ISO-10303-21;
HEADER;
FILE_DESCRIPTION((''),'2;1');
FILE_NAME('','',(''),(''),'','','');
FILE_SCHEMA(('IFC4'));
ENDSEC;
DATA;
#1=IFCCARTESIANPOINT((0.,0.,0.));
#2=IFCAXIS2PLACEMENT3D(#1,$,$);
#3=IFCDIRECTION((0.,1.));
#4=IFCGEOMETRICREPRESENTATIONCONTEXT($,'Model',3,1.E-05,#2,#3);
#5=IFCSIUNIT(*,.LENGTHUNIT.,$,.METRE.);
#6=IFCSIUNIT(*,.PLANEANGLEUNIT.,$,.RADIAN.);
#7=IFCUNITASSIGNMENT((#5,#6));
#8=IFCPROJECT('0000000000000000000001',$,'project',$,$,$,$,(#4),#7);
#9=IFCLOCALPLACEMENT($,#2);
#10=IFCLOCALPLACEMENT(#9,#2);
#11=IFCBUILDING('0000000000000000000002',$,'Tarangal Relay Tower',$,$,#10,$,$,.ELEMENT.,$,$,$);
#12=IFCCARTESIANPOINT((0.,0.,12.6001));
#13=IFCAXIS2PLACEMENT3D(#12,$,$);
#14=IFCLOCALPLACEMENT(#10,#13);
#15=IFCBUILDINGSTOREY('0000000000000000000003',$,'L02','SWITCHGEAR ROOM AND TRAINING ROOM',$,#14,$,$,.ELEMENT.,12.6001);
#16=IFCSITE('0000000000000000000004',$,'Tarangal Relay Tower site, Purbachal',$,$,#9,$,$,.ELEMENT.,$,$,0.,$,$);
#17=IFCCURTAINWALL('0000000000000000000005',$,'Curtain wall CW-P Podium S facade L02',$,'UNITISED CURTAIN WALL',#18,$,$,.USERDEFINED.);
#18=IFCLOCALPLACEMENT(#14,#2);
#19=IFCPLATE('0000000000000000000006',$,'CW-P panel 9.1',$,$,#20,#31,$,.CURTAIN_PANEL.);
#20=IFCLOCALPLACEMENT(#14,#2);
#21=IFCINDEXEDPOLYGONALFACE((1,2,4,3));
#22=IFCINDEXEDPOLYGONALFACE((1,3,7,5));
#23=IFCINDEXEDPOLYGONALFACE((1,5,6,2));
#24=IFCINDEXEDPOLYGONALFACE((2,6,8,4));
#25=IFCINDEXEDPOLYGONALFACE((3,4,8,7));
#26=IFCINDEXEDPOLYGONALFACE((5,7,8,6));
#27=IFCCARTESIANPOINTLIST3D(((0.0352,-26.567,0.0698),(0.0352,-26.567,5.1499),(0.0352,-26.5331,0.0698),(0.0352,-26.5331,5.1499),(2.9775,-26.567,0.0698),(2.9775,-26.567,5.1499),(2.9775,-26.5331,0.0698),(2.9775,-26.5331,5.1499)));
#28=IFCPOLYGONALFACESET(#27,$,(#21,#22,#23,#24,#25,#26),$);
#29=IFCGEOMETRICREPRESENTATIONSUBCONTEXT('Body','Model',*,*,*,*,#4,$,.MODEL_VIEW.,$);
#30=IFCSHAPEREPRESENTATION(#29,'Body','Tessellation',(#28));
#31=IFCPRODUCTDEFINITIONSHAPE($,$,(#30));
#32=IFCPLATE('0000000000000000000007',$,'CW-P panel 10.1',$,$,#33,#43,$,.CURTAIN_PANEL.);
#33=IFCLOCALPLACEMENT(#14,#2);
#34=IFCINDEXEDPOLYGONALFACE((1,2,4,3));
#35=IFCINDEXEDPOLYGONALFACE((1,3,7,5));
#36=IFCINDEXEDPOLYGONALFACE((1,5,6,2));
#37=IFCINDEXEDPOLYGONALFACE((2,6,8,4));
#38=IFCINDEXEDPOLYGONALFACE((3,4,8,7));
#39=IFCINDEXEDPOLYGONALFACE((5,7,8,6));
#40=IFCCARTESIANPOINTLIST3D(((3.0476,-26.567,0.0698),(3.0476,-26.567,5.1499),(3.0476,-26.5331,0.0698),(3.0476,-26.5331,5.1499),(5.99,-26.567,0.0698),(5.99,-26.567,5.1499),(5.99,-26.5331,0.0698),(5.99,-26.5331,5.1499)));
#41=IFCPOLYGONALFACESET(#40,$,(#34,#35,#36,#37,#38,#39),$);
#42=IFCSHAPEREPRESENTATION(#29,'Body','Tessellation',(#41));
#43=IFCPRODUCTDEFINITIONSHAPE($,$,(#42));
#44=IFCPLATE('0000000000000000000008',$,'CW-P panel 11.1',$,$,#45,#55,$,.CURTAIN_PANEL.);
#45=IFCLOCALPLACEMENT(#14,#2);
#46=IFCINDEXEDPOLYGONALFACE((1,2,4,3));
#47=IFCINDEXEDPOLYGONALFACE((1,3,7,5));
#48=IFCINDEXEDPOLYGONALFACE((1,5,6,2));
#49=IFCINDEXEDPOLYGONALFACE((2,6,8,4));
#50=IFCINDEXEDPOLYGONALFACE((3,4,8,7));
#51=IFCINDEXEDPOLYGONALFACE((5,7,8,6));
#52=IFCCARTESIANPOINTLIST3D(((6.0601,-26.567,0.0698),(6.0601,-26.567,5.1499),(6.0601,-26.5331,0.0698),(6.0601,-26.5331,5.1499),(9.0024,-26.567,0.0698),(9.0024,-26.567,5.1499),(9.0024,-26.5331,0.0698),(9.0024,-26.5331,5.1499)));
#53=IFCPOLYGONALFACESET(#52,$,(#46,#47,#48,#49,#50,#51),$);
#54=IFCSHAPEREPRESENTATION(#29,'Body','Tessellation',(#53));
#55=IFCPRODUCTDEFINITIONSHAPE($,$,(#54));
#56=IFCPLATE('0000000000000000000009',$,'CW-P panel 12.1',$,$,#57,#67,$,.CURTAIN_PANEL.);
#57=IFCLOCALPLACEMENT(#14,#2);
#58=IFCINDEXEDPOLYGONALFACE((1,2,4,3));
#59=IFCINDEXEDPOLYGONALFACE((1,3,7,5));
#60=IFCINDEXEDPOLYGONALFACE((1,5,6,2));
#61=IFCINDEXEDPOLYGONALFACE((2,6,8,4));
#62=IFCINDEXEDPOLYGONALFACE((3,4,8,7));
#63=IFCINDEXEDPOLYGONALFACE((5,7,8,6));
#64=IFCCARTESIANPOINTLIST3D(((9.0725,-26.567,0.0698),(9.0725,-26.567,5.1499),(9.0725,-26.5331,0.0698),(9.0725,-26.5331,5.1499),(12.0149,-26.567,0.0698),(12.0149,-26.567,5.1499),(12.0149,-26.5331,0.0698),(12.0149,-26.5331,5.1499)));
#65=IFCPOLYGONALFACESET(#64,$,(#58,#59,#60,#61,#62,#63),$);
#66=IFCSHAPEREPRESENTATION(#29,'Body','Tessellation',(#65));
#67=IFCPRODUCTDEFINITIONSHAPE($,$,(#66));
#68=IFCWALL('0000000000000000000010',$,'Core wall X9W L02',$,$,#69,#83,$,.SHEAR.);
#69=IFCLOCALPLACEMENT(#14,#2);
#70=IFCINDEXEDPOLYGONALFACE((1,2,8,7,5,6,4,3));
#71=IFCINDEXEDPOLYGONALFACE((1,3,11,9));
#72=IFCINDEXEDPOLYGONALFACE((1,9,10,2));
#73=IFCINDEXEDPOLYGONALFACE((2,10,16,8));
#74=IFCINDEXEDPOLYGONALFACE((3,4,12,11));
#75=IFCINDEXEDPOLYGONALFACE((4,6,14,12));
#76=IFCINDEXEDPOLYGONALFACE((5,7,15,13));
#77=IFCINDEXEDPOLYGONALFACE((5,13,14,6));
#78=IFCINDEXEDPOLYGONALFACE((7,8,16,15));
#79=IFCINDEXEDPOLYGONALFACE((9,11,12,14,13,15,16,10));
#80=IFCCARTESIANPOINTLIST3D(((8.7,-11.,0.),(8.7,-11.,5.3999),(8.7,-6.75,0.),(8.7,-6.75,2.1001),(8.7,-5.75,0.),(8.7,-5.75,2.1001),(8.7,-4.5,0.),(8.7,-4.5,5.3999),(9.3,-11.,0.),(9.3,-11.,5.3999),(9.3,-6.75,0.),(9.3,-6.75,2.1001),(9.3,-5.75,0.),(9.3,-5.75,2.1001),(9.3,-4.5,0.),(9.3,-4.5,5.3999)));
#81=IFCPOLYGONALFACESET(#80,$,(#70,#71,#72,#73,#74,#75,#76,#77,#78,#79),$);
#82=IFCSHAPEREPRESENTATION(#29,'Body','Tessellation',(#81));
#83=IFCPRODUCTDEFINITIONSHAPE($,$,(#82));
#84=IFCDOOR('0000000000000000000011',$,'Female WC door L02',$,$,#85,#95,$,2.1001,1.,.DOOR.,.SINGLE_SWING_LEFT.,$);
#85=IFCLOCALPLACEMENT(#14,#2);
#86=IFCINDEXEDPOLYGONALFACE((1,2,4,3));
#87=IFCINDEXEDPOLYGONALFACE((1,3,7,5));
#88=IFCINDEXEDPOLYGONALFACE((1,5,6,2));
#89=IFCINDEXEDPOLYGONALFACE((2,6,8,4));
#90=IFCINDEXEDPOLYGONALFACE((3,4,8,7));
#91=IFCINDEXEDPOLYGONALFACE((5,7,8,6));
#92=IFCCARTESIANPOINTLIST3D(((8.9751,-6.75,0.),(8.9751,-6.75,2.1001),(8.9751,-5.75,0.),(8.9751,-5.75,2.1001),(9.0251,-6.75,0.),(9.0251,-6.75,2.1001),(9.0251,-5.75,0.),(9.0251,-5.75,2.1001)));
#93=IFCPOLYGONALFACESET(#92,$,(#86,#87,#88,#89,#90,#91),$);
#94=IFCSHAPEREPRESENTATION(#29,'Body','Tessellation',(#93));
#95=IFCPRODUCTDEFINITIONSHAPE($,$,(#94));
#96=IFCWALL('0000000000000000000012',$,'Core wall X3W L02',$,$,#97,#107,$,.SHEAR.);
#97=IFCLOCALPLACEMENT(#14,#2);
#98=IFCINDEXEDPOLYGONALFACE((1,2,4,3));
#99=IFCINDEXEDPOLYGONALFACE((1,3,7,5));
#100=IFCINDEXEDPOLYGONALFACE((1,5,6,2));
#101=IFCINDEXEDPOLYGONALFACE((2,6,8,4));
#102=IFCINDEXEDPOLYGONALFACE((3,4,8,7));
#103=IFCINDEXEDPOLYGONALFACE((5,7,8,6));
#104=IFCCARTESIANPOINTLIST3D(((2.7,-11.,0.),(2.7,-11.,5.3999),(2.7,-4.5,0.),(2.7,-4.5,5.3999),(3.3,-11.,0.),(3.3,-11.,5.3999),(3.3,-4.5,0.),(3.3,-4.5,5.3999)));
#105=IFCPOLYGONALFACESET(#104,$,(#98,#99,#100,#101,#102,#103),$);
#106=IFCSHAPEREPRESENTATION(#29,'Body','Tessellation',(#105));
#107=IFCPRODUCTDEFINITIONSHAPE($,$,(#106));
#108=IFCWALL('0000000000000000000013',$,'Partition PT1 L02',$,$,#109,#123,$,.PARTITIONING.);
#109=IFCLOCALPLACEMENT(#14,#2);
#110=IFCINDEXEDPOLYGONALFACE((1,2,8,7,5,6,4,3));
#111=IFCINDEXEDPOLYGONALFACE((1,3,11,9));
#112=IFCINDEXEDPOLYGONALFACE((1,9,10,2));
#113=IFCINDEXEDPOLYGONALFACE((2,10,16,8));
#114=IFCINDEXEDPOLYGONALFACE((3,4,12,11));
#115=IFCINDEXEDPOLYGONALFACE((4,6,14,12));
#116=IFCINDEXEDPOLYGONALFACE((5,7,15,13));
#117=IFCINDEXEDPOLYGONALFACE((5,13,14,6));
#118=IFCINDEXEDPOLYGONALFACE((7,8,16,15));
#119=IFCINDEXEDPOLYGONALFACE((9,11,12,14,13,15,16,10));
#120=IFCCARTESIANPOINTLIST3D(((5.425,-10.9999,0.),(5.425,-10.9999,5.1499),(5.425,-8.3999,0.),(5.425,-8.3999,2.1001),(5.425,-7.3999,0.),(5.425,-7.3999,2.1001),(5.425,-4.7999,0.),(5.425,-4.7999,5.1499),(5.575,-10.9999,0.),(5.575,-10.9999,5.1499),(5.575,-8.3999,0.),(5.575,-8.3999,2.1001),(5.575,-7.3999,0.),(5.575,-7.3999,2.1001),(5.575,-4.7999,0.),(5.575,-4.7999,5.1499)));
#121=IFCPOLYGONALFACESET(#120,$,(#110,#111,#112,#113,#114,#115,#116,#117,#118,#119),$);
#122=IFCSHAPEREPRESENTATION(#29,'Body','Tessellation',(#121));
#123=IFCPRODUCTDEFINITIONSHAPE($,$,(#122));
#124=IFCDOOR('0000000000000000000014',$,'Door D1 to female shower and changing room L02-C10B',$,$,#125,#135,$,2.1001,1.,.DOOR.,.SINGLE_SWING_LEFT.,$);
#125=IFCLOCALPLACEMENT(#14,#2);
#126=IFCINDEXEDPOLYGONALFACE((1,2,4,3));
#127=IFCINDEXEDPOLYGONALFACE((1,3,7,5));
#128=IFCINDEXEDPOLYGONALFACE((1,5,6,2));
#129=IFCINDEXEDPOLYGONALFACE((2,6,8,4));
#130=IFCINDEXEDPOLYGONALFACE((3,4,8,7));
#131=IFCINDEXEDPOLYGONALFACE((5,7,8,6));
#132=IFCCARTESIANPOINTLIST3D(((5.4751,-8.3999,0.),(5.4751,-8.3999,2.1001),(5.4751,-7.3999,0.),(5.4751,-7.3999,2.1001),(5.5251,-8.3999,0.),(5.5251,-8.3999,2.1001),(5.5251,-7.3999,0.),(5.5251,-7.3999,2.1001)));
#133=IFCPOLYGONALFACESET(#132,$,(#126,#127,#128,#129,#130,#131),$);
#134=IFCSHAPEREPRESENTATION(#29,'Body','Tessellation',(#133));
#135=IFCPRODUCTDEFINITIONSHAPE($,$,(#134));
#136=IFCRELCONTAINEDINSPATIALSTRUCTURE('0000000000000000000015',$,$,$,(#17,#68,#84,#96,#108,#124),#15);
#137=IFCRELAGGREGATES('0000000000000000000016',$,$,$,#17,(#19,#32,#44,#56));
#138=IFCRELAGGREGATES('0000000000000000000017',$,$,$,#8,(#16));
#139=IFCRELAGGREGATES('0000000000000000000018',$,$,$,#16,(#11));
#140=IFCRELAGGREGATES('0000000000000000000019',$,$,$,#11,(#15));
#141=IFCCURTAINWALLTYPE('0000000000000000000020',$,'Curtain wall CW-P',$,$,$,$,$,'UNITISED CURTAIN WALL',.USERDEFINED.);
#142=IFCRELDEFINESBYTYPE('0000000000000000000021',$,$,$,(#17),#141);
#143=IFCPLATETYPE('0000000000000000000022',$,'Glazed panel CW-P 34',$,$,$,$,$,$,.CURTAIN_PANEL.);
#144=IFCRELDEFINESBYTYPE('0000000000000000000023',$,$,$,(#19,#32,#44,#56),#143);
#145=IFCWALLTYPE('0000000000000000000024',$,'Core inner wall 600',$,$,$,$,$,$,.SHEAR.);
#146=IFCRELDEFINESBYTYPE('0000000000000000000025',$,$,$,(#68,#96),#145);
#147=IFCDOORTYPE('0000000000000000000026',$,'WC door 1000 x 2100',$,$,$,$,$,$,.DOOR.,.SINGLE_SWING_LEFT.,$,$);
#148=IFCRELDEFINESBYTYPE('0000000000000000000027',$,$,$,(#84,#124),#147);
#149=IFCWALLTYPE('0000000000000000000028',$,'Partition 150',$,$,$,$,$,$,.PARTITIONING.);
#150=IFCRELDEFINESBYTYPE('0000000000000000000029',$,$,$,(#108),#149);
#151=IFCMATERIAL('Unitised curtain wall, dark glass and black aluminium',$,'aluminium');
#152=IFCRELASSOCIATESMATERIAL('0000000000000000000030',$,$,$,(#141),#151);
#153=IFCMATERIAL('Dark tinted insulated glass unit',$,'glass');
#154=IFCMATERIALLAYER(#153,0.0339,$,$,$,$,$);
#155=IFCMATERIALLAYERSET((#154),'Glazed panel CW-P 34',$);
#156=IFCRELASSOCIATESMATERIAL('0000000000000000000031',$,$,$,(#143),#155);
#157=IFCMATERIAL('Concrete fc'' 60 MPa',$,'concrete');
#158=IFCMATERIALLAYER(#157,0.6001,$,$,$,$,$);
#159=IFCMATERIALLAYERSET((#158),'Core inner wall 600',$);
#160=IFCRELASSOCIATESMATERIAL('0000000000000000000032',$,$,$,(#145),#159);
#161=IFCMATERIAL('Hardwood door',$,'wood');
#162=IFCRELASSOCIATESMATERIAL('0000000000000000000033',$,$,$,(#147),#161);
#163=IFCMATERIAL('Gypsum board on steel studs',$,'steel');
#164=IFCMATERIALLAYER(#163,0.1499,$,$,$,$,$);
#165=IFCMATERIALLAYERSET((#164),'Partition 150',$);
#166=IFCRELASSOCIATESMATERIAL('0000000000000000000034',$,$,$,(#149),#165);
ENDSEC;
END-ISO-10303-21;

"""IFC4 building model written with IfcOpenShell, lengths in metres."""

from ifc_helpers import new_model, si_unit, direction, frame, frame_2d, origin, origin_2d, place, context, subcontext, project, spatial, rectangle, extrude, material, layer, layer_set, type_object, element, fill, aggregate, save


model = new_model("IFC4")

# Units and contexts
model_context = context("Model", 3, precision=1e-05, world=origin(), true_north=direction((0.0, 1.0)))
body_context = subcontext(model_context, "Body", "Model", "MODEL_VIEW")
ifc_project = project(units=[si_unit("LENGTHUNIT", "METRE"), si_unit("PLANEANGLEUNIT", "RADIAN")], contexts=[model_context])

# Site, building, storey
site_placement = place(None, origin())
site = spatial("IfcSite", under=ifc_project, at=site_placement, Name="Tarangal Relay Tower site, Purbachal", CompositionType="ELEMENT", RefElevation=0.0)
building_placement = place(site_placement, origin())
building = spatial("IfcBuilding", under=site, at=building_placement, Name="Tarangal Relay Tower", CompositionType="ELEMENT")
storey_placement = place(building_placement, frame((0.0, 0.0, 12.6001)))
storey = spatial("IfcBuildingStorey", under=building, at=storey_placement, Name="L02", Description="SWITCHGEAR ROOM AND TRAINING ROOM", CompositionType="ELEMENT", Elevation=12.6001)

# Curtain wall, plates
ifc_material_1 = material(Name="Unitised curtain wall, dark glass and black aluminium", Category="aluminium")
curtain_wall_type = type_object("IfcCurtainWallType", Name="Curtain wall CW-P", ElementType="UNITISED CURTAIN WALL", PredefinedType="USERDEFINED", material=ifc_material_1)
curtain_wall_placement = place(storey_placement, origin())
curtain_wall = element("IfcCurtainWall", 1, at=curtain_wall_placement, inside=storey, type_object=curtain_wall_type, Name="Curtain wall CW-P Podium S facade L02", ObjectType="UNITISED CURTAIN WALL", PredefinedType="USERDEFINED")
ifc_material_2 = material(Name="Dark tinted insulated glass unit", Category="glass")
ifc_layer_1 = layer(ifc_material_2, 0.0339)
ifc_layer_set_1 = layer_set([ifc_layer_1], Name="Glazed panel CW-P 34")
plate_type = type_object("IfcPlateType", Name="Glazed panel CW-P 34", PredefinedType="CURTAIN_PANEL", material=ifc_layer_set_1)
plate_1_placement = place(storey_placement, frame((1.5063, -26.55, 0.0698), z_axis=(0.0, 0.0, 1.0), x_axis=(1.0, 0.0, 0.0)))
plate_1 = element("IfcPlate", 2, at=plate_1_placement, type_object=plate_type, Name="CW-P panel 9.1", PredefinedType="CURTAIN_PANEL", context=body_context, shape_type="SweptSolid", body=[
    extrude(rectangle(XDim=2.9424, YDim=0.0339, at=origin_2d()), origin(), (0.0, 0.0, 1.0), 5.0801),
])
plate_2_placement = place(storey_placement, frame((4.5188, -26.55, 0.0698), z_axis=(0.0, 0.0, 1.0), x_axis=(1.0, 0.0, 0.0)))
plate_2 = element("IfcPlate", 3, at=plate_2_placement, type_object=plate_type, Name="CW-P panel 10.1", PredefinedType="CURTAIN_PANEL", context=body_context, shape_type="SweptSolid", body=[
    extrude(rectangle(XDim=2.9424, YDim=0.0339, at=origin_2d()), origin(), (0.0, 0.0, 1.0), 5.0801),
])
plate_3_placement = place(storey_placement, frame((7.5312, -26.55, 0.0698), z_axis=(0.0, 0.0, 1.0), x_axis=(1.0, 0.0, 0.0)))
plate_3 = element("IfcPlate", 4, at=plate_3_placement, type_object=plate_type, Name="CW-P panel 11.1", PredefinedType="CURTAIN_PANEL", context=body_context, shape_type="SweptSolid", body=[
    extrude(rectangle(XDim=2.9424, YDim=0.0339, at=origin_2d()), origin(), (0.0, 0.0, 1.0), 5.0801),
])
plate_4_placement = place(storey_placement, frame((10.5437, -26.55, 0.0698), z_axis=(0.0, 0.0, 1.0), x_axis=(1.0, 0.0, 0.0)))
plate_4 = element("IfcPlate", 5, at=plate_4_placement, type_object=plate_type, Name="CW-P panel 12.1", PredefinedType="CURTAIN_PANEL", context=body_context, shape_type="SweptSolid", body=[
    extrude(rectangle(XDim=2.9424, YDim=0.0339, at=origin_2d()), origin(), (0.0, 0.0, 1.0), 5.0801),
])
aggregate(curtain_wall, [plate_1, plate_2, plate_3, plate_4])

# Wall, opening, door
ifc_material_3 = material(Name="Concrete fc' 60 MPa", Category="concrete")
ifc_layer_2 = layer(ifc_material_3, 0.6001)
ifc_layer_set_2 = layer_set([ifc_layer_2], Name="Core inner wall 600")
wall_type_1 = type_object("IfcWallType", Name="Core inner wall 600", PredefinedType="SHEAR", material=ifc_layer_set_2)
wall_1_placement = place(storey_placement, frame((9.0, -11.0, 0.0), z_axis=(0.0, 0.0, 1.0), x_axis=(0.0, 1.0, 0.0)))
wall_1 = element("IfcWall", 6, at=wall_1_placement, inside=storey, type_object=wall_type_1, Name="Core wall X9W L02", PredefinedType="SHEAR", context=body_context, shape_type="SweptSolid", body=[
    extrude(rectangle(XDim=6.5, YDim=0.6001, at=frame_2d((3.25, 0.0))), origin(), (0.0, 0.0, 1.0), 5.3999),
])
opening_1_placement = place(wall_1_placement, frame((4.25, 0.0, 0.0)))
opening_1 = element("IfcOpeningElement", 7, at=opening_1_placement, cuts=wall_1, PredefinedType="OPENING", context=body_context, shape_type="SweptSolid", body=[
    extrude(rectangle(XDim=1.0, YDim=2.1001, at=frame_2d((0.5, 1.05))), frame((0.0, 0.3101, 0.0), z_axis=(0.0, -1.0, 0.0), x_axis=(1.0, 0.0, 0.0)), (0.0, 0.0, 1.0), 0.6201),
])
ifc_material_4 = material(Name="Hardwood door", Category="wood")
door_type = type_object("IfcDoorType", Name="WC door 1000 x 2100", OperationType="SINGLE_SWING_LEFT", PredefinedType="DOOR", material=ifc_material_4)
door_1_placement = place(opening_1_placement, origin())
door_1 = element("IfcDoor", 8, at=door_1_placement, inside=storey, type_object=door_type, Name="Female WC door L02", OperationType="SINGLE_SWING_LEFT", OverallHeight=2.1001, OverallWidth=1.0, PredefinedType="DOOR", context=body_context, shape_type="SweptSolid", body=[
    extrude(rectangle(XDim=1.0, YDim=2.1001, at=frame_2d((0.5, 1.05))), frame((0.0, 0.0249, 0.0), z_axis=(0.0, -1.0, 0.0), x_axis=(1.0, 0.0, 0.0)), (0.0, 0.0, 1.0), 0.05),
])
fill(opening_1, door_1)

# Wall
wall_2_placement = place(storey_placement, frame((3.0, -11.0, 0.0), z_axis=(0.0, 0.0, 1.0), x_axis=(0.0, 1.0, 0.0)))
element("IfcWall", 9, at=wall_2_placement, inside=storey, type_object=wall_type_1, Name="Core wall X3W L02", PredefinedType="SHEAR", context=body_context, shape_type="SweptSolid", body=[
    extrude(rectangle(XDim=6.5, YDim=0.6001, at=frame_2d((3.25, 0.0))), origin(), (0.0, 0.0, 1.0), 5.3999),
])

# Wall, opening, door
ifc_material_5 = material(Name="Gypsum board on steel studs", Category="steel")
ifc_layer_3 = layer(ifc_material_5, 0.1499)
ifc_layer_set_3 = layer_set([ifc_layer_3], Name="Partition 150")
wall_type_2 = type_object("IfcWallType", Name="Partition 150", PredefinedType="PARTITIONING", material=ifc_layer_set_3)
wall_3_placement = place(storey_placement, frame((5.5, -11.0, 0.0), z_axis=(0.0, 0.0, 1.0), x_axis=(0.0, 1.0, 0.0)))
wall_3 = element("IfcWall", 10, at=wall_3_placement, inside=storey, type_object=wall_type_2, Name="Partition PT1 L02", PredefinedType="PARTITIONING", context=body_context, shape_type="SweptSolid", body=[
    extrude(rectangle(XDim=6.2, YDim=0.1499, at=frame_2d((3.1001, 0.0))), origin(), (0.0, 0.0, 1.0), 5.1499),
])
opening_2_placement = place(wall_3_placement, frame((2.6001, 0.0, 0.0)))
opening_2 = element("IfcOpeningElement", 11, at=opening_2_placement, cuts=wall_3, PredefinedType="OPENING", context=body_context, shape_type="SweptSolid", body=[
    extrude(rectangle(XDim=1.0, YDim=2.1001, at=frame_2d((0.5, 1.05))), frame((0.0, 0.085, 0.0), z_axis=(0.0, -1.0, 0.0), x_axis=(1.0, 0.0, 0.0)), (0.0, 0.0, 1.0), 0.1699),
])
door_2_placement = place(opening_2_placement, origin())
door_2 = element("IfcDoor", 12, at=door_2_placement, inside=storey, type_object=door_type, Name="Door D1 to female shower and changing room L02-C10B", OperationType="SINGLE_SWING_LEFT", OverallHeight=2.1001, OverallWidth=1.0, PredefinedType="DOOR", context=body_context, shape_type="SweptSolid", body=[
    extrude(rectangle(XDim=1.0, YDim=2.1001, at=frame_2d((0.5, 1.05))), frame((0.0, 0.0249, 0.0), z_axis=(0.0, -1.0, 0.0), x_axis=(1.0, 0.0, 0.0)), (0.0, 0.0, 1.0), 0.05),
])
fill(opening_2, door_2)

save(model, "model.ifc")
